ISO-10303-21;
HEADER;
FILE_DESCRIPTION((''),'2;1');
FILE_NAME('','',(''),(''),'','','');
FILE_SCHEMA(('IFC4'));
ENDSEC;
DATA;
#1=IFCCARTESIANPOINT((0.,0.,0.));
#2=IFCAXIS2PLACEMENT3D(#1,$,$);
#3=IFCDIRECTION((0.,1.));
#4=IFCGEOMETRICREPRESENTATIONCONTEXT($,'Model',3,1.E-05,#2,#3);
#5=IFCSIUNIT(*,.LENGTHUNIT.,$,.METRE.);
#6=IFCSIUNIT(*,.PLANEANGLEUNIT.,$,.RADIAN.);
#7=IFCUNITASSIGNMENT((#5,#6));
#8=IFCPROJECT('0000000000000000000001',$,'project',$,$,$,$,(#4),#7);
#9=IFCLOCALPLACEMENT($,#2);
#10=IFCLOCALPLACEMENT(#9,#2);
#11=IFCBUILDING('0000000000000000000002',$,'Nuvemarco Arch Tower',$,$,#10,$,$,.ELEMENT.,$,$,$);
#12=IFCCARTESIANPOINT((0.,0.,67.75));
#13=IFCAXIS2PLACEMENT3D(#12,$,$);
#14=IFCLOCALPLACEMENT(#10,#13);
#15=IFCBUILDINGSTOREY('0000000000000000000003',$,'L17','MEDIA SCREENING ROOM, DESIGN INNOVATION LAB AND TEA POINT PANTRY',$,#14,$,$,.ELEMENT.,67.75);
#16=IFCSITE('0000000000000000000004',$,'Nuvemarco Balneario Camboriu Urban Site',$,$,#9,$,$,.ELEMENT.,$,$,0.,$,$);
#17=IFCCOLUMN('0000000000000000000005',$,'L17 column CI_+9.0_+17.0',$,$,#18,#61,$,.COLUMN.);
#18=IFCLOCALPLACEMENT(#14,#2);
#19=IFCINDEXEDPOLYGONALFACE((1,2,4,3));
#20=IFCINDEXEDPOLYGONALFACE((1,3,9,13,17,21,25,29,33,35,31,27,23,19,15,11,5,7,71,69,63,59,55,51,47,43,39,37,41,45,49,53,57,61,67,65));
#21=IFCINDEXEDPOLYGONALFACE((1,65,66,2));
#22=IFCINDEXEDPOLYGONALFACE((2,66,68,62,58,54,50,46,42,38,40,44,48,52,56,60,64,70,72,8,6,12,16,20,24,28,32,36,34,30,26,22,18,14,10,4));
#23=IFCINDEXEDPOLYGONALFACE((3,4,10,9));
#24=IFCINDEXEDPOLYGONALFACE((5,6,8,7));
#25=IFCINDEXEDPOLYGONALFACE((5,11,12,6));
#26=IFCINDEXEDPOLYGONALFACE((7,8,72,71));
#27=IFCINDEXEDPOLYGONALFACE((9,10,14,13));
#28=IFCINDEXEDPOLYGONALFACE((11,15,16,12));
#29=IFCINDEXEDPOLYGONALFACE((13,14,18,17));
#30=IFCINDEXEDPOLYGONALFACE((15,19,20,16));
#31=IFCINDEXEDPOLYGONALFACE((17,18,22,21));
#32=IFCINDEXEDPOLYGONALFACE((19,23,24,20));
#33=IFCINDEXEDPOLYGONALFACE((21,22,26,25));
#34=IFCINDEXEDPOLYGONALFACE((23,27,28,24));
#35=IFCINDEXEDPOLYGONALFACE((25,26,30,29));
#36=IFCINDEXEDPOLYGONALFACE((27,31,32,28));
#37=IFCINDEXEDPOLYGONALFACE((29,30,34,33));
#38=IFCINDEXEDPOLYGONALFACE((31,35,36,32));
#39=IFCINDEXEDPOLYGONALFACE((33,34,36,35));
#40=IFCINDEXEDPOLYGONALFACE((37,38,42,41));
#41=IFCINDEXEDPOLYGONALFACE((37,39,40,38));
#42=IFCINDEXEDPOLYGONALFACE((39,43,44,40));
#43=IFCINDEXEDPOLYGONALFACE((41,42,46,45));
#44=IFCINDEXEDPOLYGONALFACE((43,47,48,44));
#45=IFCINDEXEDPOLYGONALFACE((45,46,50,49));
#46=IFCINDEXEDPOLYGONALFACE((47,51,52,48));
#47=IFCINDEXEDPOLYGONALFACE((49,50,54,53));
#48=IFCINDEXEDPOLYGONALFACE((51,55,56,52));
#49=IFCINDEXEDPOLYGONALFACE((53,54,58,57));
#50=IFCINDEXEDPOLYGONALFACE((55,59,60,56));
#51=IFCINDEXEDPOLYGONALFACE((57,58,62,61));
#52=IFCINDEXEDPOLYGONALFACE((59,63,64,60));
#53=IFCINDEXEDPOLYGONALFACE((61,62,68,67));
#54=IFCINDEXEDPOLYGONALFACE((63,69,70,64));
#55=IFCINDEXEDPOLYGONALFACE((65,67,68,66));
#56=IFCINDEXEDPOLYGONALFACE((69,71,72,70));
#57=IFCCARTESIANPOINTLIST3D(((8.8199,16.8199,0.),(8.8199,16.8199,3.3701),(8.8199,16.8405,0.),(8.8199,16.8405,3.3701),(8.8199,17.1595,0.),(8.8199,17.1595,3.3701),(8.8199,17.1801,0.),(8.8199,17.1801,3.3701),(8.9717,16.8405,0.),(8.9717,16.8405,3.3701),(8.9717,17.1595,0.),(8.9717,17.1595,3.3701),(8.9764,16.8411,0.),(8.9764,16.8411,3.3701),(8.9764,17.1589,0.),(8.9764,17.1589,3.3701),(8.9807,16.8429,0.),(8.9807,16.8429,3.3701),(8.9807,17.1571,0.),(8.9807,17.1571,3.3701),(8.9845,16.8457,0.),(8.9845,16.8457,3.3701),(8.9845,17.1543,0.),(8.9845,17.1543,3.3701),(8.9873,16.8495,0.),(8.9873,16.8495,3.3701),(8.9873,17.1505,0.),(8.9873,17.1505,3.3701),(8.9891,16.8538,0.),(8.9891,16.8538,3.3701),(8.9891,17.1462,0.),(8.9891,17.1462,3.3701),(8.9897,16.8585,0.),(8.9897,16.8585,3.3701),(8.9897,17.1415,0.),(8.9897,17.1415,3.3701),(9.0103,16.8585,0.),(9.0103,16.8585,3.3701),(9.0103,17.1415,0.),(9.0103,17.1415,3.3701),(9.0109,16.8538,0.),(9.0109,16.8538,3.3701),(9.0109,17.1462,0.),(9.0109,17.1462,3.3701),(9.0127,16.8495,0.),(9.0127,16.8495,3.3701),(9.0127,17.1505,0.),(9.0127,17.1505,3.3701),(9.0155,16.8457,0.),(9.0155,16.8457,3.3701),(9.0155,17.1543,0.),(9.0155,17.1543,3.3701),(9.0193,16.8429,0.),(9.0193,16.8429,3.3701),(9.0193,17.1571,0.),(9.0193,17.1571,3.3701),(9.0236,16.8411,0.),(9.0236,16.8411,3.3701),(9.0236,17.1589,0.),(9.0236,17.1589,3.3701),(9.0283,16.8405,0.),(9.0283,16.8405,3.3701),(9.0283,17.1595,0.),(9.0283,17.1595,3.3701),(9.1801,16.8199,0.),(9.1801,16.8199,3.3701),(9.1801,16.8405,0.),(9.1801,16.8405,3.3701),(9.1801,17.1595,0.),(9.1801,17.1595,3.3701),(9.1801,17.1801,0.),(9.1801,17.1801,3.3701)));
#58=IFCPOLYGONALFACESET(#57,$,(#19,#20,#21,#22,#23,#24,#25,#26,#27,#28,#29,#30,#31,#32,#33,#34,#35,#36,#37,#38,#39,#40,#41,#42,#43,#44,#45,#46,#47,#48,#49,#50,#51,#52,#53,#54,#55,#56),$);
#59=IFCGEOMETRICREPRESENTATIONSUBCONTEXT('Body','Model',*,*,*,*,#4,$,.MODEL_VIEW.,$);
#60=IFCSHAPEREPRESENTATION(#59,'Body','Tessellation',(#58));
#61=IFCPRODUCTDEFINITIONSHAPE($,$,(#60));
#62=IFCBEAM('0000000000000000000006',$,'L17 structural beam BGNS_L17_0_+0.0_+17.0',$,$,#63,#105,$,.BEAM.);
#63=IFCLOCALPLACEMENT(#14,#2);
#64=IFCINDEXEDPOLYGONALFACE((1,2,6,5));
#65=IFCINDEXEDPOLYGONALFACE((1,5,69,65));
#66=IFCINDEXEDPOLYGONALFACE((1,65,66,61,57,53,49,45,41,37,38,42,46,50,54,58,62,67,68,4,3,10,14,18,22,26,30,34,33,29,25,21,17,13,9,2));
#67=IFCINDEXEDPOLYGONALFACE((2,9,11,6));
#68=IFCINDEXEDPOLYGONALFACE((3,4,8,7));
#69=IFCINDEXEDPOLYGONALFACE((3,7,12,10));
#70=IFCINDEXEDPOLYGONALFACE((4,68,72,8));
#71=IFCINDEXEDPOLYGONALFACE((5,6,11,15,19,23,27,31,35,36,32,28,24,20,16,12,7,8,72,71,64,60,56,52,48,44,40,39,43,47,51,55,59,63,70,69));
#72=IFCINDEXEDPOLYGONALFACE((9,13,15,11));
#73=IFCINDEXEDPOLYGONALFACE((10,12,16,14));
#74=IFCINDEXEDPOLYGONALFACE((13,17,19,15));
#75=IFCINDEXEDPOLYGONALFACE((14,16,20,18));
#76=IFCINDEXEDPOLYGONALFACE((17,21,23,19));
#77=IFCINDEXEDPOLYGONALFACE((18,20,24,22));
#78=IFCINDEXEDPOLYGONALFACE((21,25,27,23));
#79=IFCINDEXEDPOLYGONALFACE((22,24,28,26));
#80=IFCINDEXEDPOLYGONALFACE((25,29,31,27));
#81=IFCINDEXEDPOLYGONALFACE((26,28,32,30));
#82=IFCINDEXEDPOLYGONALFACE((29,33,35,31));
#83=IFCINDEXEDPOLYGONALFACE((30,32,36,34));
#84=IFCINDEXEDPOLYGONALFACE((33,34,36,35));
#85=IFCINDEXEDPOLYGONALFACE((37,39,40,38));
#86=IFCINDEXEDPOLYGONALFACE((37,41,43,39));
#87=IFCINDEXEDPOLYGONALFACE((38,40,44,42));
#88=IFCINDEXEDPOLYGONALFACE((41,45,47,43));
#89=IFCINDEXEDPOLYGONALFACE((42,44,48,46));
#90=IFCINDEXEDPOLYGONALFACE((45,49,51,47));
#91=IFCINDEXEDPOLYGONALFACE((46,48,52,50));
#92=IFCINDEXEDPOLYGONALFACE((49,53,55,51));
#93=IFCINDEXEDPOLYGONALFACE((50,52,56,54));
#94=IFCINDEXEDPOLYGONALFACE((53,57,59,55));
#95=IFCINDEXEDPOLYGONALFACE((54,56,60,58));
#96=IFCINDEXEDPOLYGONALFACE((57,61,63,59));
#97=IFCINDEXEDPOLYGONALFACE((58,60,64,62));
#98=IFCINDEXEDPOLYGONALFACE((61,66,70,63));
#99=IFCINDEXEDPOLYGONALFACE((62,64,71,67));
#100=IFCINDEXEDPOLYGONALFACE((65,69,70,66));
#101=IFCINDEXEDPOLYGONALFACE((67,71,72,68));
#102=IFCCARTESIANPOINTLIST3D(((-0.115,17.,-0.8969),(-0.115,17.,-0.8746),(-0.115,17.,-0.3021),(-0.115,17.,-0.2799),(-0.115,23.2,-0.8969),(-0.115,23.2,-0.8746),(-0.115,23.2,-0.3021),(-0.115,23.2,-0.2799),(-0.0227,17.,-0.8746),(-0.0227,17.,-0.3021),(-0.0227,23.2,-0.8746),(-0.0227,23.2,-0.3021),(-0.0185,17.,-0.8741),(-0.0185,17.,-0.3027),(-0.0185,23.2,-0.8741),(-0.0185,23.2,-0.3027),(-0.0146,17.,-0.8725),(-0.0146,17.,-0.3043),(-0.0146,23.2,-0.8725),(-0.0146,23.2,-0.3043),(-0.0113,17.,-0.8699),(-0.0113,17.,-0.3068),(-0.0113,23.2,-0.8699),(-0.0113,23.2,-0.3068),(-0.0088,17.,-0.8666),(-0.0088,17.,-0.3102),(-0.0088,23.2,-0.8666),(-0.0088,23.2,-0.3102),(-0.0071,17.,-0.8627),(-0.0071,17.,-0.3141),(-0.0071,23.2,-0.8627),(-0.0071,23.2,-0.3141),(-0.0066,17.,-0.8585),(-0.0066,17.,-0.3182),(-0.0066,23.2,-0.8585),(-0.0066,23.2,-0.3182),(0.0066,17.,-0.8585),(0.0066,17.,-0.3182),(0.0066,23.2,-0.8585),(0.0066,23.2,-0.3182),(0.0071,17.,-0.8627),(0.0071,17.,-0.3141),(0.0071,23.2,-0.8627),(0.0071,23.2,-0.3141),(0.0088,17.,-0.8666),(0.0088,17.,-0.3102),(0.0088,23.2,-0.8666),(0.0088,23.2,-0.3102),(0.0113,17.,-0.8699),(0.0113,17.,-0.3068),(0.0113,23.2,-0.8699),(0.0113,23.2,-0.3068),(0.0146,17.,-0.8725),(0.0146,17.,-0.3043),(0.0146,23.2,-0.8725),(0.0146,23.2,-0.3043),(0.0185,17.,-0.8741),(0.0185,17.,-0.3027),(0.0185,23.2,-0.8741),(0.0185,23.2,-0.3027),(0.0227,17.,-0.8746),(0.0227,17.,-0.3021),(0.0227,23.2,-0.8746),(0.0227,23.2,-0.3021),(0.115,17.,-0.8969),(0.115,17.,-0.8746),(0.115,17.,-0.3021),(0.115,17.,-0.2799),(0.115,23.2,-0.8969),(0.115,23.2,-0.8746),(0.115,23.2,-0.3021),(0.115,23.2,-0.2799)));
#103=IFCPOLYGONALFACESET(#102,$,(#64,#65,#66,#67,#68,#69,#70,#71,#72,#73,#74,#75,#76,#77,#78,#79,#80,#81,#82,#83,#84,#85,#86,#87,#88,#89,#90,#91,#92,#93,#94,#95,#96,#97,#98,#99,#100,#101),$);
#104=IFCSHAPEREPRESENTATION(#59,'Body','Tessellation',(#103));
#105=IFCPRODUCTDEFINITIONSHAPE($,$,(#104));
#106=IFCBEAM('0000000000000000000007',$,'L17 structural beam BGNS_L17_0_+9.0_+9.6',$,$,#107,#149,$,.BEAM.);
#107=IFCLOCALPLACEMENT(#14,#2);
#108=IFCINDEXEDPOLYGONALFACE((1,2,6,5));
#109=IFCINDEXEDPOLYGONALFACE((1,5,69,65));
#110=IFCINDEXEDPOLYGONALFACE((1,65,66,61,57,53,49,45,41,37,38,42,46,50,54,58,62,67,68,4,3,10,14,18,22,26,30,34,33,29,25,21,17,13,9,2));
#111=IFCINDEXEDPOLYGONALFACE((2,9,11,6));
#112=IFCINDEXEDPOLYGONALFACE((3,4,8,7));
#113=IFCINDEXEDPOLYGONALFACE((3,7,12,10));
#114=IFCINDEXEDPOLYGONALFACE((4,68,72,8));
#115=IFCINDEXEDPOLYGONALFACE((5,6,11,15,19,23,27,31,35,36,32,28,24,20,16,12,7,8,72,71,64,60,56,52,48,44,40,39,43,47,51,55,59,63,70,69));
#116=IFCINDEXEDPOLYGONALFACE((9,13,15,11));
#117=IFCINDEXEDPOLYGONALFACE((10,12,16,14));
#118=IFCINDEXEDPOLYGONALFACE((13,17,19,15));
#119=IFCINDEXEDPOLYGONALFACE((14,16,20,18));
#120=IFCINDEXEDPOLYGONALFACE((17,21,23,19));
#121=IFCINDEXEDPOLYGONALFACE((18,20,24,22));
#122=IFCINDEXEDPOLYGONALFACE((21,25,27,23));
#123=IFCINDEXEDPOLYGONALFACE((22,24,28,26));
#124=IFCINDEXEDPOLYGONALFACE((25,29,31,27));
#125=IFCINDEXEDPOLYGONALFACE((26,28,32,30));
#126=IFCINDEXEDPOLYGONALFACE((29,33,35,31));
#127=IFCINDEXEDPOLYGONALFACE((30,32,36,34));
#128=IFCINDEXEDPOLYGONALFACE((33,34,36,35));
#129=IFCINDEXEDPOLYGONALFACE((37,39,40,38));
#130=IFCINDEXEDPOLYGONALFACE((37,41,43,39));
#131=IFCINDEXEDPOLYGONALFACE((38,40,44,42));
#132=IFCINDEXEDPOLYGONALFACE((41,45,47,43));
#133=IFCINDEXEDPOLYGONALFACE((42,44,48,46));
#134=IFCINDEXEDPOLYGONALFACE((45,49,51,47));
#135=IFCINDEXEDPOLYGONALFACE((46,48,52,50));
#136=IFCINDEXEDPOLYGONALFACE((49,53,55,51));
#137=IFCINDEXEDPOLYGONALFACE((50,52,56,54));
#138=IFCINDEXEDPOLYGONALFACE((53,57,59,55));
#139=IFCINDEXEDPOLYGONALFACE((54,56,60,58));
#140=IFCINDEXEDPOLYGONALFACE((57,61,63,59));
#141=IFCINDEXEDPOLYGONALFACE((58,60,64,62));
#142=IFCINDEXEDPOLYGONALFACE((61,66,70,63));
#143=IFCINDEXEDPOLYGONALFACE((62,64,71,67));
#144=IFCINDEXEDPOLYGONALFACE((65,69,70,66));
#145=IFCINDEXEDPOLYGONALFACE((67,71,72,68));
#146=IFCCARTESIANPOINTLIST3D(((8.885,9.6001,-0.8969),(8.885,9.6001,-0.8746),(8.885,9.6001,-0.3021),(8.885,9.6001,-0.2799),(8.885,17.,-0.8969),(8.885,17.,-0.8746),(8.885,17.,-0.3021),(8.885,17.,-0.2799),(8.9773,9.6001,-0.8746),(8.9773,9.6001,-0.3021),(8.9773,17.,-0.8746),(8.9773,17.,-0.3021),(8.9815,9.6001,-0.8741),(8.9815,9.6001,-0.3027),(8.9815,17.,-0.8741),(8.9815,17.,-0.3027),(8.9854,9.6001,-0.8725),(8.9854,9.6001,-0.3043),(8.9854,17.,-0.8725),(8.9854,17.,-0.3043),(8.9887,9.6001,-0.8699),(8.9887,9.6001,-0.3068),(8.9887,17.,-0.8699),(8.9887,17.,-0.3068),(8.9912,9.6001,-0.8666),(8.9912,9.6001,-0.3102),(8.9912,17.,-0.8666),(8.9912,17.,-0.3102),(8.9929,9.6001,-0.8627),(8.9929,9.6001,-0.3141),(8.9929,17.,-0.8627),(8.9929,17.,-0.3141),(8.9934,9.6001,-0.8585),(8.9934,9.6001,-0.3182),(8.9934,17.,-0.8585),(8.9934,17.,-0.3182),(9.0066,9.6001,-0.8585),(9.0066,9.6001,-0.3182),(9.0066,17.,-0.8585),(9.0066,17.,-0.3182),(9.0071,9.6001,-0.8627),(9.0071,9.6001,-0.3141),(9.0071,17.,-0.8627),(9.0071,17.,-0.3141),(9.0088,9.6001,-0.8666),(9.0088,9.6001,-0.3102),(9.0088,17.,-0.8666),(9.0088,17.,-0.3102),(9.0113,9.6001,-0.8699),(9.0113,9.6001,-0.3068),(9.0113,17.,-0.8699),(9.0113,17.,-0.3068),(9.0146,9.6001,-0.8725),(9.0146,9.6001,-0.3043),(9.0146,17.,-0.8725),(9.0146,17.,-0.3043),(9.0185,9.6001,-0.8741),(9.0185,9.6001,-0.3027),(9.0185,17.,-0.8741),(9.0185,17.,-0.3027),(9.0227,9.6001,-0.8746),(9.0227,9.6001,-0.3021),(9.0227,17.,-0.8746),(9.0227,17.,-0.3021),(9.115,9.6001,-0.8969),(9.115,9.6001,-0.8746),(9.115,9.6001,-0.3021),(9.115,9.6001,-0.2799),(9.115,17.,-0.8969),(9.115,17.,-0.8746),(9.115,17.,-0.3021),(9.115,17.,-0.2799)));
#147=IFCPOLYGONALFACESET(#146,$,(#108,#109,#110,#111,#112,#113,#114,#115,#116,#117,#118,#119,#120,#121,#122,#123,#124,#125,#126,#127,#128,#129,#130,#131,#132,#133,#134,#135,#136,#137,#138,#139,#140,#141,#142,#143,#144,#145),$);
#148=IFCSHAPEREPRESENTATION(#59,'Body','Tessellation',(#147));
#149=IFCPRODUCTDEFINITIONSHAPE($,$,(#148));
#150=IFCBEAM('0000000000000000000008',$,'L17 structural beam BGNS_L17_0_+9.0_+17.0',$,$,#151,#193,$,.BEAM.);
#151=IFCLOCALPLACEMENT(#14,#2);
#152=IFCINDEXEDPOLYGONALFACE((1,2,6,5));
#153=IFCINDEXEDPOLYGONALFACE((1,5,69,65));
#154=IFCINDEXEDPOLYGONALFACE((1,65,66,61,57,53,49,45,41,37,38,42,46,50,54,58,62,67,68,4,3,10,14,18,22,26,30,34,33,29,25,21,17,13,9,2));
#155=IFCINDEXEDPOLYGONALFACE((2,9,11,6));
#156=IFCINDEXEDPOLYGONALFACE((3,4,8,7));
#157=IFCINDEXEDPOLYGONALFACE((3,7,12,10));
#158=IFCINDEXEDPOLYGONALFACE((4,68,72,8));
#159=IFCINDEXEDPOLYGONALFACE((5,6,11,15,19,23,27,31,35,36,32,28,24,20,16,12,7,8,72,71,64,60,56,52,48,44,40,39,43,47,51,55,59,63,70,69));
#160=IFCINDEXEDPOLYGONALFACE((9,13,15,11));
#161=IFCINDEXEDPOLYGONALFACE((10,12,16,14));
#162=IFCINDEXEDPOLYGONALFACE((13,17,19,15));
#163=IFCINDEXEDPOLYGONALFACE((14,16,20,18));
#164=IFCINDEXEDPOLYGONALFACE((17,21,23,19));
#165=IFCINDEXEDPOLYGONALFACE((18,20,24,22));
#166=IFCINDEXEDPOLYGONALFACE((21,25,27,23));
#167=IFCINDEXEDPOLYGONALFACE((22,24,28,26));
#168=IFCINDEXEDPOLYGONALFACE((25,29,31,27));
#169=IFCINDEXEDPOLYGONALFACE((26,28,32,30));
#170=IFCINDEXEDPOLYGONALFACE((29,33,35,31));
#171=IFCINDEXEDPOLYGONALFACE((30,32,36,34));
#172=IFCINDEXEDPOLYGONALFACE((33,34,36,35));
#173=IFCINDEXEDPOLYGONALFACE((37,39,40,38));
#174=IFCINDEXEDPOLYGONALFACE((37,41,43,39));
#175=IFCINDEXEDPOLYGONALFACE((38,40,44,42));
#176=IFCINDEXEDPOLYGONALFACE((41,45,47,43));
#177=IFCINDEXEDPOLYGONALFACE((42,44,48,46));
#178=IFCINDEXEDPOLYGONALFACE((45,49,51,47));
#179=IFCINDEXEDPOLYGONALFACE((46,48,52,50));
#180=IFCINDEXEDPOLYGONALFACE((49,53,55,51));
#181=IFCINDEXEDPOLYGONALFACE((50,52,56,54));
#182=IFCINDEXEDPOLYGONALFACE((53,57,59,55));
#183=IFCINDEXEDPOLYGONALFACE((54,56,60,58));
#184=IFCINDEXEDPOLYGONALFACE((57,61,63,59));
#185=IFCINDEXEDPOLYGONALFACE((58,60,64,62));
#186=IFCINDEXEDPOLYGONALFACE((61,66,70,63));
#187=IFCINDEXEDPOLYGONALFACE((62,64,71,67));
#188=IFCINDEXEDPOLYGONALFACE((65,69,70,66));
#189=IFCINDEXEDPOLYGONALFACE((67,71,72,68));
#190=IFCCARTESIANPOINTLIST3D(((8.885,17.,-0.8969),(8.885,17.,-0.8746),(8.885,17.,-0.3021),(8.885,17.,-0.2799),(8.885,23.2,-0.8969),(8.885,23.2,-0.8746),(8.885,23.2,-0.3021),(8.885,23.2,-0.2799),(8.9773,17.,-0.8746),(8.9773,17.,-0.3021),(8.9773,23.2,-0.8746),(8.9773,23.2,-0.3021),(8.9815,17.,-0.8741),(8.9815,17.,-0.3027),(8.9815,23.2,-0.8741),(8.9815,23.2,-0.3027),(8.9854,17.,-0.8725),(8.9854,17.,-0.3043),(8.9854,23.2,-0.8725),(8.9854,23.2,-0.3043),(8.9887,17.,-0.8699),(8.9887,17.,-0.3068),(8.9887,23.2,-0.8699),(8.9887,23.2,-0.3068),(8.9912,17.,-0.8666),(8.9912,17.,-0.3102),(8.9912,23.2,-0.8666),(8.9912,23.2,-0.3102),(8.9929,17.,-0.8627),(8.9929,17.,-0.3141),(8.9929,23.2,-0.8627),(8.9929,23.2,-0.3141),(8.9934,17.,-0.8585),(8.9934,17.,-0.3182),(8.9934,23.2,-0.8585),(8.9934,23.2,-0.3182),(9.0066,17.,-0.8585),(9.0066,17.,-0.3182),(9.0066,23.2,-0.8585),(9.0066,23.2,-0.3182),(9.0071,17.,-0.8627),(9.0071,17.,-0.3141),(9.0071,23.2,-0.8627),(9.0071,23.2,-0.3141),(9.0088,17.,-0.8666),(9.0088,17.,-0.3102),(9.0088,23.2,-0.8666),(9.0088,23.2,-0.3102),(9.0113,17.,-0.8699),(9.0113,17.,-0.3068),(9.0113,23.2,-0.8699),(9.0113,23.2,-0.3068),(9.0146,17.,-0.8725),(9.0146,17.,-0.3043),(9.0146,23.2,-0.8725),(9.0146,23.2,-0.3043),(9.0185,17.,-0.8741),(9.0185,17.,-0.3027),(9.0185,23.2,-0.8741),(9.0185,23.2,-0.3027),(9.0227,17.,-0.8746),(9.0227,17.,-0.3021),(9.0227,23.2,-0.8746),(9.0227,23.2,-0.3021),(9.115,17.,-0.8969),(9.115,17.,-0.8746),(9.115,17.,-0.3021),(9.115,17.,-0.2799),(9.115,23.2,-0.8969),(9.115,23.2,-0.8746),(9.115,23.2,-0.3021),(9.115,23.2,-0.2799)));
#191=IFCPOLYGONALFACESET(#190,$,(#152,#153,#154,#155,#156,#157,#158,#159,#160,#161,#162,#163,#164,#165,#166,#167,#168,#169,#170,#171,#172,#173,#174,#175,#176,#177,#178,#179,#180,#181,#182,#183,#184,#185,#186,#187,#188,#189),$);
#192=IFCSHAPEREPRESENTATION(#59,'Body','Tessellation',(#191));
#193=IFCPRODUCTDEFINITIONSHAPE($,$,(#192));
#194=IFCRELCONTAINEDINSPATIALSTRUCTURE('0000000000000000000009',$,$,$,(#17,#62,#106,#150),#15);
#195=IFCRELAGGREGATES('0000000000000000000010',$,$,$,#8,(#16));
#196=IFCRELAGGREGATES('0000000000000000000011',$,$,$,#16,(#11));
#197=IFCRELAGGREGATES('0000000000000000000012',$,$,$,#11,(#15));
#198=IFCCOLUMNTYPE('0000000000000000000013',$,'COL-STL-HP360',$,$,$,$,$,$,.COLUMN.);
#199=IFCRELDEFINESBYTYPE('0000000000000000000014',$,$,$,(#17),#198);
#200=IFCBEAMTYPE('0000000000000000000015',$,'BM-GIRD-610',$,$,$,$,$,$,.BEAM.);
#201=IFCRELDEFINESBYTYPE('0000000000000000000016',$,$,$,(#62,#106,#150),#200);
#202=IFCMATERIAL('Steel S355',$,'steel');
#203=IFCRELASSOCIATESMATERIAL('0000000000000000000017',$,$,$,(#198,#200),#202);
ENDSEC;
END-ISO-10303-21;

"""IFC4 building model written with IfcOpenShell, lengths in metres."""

from ifc_helpers import new_model, si_unit, direction, frame, origin, origin_2d, place, context, subcontext, project, spatial, i_section, extrude, material, material_profile, profile_set, type_object, element, save


model = new_model("IFC4")

# Units and contexts
model_context = context("Model", 3, precision=1e-05, world=origin(), true_north=direction((0.0, 1.0)))
body_context = subcontext(model_context, "Body", "Model", "MODEL_VIEW")
ifc_project = project(units=[si_unit("LENGTHUNIT", "METRE"), si_unit("PLANEANGLEUNIT", "RADIAN")], contexts=[model_context])

# Site, building, storey
site_placement = place(None, origin())
site = spatial("IfcSite", under=ifc_project, at=site_placement, Name="Nuvemarco Balneario Camboriu Urban Site", CompositionType="ELEMENT", RefElevation=0.0)
building_placement = place(site_placement, origin())
building = spatial("IfcBuilding", under=site, at=building_placement, Name="Nuvemarco Arch Tower", CompositionType="ELEMENT")
storey_placement = place(building_placement, frame((0.0, 0.0, 67.75)))
storey = spatial("IfcBuildingStorey", under=building, at=storey_placement, Name="L17", Description="MEDIA SCREENING ROOM, DESIGN INNOVATION LAB AND TEA POINT PANTRY", CompositionType="ELEMENT", Elevation=67.75)

# Column
ifc_material_1 = material(Name="Steel S355", Category="steel")
ifc_material_profile_1 = material_profile(ifc_material_1, i_section(OverallWidth=0.3601, OverallDepth=0.3601, WebThickness=0.0205, FlangeThickness=0.0205, FilletRadius=0.0181, at=origin_2d()), Name="HP360x174")
ifc_profile_set_1 = profile_set([ifc_material_profile_1], Name="Steel S355")
column_type_1 = type_object("IfcColumnType", Name="COL-STL-HP360", PredefinedType="COLUMN", material=ifc_profile_set_1)
for number, where, z_axis, x_axis, name in (
    (1, (9.0, 17.0, 0.0), (0.0, 0.0, 1.0), (1.0, 0.0, 0.0), "L17 column CI_+9.0_+17.0"),
):
    element("IfcColumn", number, at=place(storey_placement, frame(where, z_axis=z_axis, x_axis=x_axis)), inside=storey, type_object=column_type_1, Name=name, PredefinedType="COLUMN", context=body_context, shape_type="SweptSolid", body=[
        extrude(i_section(OverallWidth=0.3601, OverallDepth=0.3601, WebThickness=0.0205, FlangeThickness=0.0205, FilletRadius=0.0181, at=origin_2d()), origin(), (0.0, 0.0, 1.0), 3.3701),
    ])

# Beams
ifc_material_profile_2 = material_profile(ifc_material_1, i_section(OverallWidth=0.23, OverallDepth=0.6169, WebThickness=0.0132, FlangeThickness=0.0222, FilletRadius=0.0161, at=origin_2d()), Name="W610x140")
ifc_profile_set_2 = profile_set([ifc_material_profile_2], Name="Steel S355")
beam_type_1 = type_object("IfcBeamType", Name="BM-GIRD-610", PredefinedType="BEAM", material=ifc_profile_set_2)
beam_1_placement = place(storey_placement, frame((0.0, 17.0, -0.5884), z_axis=(0.0, 1.0, 0.0), x_axis=(-1.0, 0.0, 0.0)))
element("IfcBeam", 2, at=beam_1_placement, inside=storey, type_object=beam_type_1, Name="L17 structural beam BGNS_L17_0_+0.0_+17.0", PredefinedType="BEAM", context=body_context, shape_type="SweptSolid", body=[
    extrude(i_section(OverallWidth=0.23, OverallDepth=0.6169, WebThickness=0.0132, FlangeThickness=0.0222, FilletRadius=0.0161, at=origin_2d()), origin(), (0.0, 0.0, 1.0), 6.2),
])
beam_2_placement = place(storey_placement, frame((9.0, 9.6001, -0.5884), z_axis=(0.0, 1.0, 0.0), x_axis=(-1.0, 0.0, 0.0)))
element("IfcBeam", 3, at=beam_2_placement, inside=storey, type_object=beam_type_1, Name="L17 structural beam BGNS_L17_0_+9.0_+9.6", PredefinedType="BEAM", context=body_context, shape_type="SweptSolid", body=[
    extrude(i_section(OverallWidth=0.23, OverallDepth=0.6169, WebThickness=0.0132, FlangeThickness=0.0222, FilletRadius=0.0161, at=origin_2d()), origin(), (0.0, 0.0, 1.0), 7.3999),
])
beam_3_placement = place(storey_placement, frame((9.0, 17.0, -0.5884), z_axis=(0.0, 1.0, 0.0), x_axis=(-1.0, 0.0, 0.0)))
element("IfcBeam", 4, at=beam_3_placement, inside=storey, type_object=beam_type_1, Name="L17 structural beam BGNS_L17_0_+9.0_+17.0", PredefinedType="BEAM", context=body_context, shape_type="SweptSolid", body=[
    extrude(i_section(OverallWidth=0.23, OverallDepth=0.6169, WebThickness=0.0132, FlangeThickness=0.0222, FilletRadius=0.0161, at=origin_2d()), origin(), (0.0, 0.0, 1.0), 6.2),
])

save(model, "model.ifc")
